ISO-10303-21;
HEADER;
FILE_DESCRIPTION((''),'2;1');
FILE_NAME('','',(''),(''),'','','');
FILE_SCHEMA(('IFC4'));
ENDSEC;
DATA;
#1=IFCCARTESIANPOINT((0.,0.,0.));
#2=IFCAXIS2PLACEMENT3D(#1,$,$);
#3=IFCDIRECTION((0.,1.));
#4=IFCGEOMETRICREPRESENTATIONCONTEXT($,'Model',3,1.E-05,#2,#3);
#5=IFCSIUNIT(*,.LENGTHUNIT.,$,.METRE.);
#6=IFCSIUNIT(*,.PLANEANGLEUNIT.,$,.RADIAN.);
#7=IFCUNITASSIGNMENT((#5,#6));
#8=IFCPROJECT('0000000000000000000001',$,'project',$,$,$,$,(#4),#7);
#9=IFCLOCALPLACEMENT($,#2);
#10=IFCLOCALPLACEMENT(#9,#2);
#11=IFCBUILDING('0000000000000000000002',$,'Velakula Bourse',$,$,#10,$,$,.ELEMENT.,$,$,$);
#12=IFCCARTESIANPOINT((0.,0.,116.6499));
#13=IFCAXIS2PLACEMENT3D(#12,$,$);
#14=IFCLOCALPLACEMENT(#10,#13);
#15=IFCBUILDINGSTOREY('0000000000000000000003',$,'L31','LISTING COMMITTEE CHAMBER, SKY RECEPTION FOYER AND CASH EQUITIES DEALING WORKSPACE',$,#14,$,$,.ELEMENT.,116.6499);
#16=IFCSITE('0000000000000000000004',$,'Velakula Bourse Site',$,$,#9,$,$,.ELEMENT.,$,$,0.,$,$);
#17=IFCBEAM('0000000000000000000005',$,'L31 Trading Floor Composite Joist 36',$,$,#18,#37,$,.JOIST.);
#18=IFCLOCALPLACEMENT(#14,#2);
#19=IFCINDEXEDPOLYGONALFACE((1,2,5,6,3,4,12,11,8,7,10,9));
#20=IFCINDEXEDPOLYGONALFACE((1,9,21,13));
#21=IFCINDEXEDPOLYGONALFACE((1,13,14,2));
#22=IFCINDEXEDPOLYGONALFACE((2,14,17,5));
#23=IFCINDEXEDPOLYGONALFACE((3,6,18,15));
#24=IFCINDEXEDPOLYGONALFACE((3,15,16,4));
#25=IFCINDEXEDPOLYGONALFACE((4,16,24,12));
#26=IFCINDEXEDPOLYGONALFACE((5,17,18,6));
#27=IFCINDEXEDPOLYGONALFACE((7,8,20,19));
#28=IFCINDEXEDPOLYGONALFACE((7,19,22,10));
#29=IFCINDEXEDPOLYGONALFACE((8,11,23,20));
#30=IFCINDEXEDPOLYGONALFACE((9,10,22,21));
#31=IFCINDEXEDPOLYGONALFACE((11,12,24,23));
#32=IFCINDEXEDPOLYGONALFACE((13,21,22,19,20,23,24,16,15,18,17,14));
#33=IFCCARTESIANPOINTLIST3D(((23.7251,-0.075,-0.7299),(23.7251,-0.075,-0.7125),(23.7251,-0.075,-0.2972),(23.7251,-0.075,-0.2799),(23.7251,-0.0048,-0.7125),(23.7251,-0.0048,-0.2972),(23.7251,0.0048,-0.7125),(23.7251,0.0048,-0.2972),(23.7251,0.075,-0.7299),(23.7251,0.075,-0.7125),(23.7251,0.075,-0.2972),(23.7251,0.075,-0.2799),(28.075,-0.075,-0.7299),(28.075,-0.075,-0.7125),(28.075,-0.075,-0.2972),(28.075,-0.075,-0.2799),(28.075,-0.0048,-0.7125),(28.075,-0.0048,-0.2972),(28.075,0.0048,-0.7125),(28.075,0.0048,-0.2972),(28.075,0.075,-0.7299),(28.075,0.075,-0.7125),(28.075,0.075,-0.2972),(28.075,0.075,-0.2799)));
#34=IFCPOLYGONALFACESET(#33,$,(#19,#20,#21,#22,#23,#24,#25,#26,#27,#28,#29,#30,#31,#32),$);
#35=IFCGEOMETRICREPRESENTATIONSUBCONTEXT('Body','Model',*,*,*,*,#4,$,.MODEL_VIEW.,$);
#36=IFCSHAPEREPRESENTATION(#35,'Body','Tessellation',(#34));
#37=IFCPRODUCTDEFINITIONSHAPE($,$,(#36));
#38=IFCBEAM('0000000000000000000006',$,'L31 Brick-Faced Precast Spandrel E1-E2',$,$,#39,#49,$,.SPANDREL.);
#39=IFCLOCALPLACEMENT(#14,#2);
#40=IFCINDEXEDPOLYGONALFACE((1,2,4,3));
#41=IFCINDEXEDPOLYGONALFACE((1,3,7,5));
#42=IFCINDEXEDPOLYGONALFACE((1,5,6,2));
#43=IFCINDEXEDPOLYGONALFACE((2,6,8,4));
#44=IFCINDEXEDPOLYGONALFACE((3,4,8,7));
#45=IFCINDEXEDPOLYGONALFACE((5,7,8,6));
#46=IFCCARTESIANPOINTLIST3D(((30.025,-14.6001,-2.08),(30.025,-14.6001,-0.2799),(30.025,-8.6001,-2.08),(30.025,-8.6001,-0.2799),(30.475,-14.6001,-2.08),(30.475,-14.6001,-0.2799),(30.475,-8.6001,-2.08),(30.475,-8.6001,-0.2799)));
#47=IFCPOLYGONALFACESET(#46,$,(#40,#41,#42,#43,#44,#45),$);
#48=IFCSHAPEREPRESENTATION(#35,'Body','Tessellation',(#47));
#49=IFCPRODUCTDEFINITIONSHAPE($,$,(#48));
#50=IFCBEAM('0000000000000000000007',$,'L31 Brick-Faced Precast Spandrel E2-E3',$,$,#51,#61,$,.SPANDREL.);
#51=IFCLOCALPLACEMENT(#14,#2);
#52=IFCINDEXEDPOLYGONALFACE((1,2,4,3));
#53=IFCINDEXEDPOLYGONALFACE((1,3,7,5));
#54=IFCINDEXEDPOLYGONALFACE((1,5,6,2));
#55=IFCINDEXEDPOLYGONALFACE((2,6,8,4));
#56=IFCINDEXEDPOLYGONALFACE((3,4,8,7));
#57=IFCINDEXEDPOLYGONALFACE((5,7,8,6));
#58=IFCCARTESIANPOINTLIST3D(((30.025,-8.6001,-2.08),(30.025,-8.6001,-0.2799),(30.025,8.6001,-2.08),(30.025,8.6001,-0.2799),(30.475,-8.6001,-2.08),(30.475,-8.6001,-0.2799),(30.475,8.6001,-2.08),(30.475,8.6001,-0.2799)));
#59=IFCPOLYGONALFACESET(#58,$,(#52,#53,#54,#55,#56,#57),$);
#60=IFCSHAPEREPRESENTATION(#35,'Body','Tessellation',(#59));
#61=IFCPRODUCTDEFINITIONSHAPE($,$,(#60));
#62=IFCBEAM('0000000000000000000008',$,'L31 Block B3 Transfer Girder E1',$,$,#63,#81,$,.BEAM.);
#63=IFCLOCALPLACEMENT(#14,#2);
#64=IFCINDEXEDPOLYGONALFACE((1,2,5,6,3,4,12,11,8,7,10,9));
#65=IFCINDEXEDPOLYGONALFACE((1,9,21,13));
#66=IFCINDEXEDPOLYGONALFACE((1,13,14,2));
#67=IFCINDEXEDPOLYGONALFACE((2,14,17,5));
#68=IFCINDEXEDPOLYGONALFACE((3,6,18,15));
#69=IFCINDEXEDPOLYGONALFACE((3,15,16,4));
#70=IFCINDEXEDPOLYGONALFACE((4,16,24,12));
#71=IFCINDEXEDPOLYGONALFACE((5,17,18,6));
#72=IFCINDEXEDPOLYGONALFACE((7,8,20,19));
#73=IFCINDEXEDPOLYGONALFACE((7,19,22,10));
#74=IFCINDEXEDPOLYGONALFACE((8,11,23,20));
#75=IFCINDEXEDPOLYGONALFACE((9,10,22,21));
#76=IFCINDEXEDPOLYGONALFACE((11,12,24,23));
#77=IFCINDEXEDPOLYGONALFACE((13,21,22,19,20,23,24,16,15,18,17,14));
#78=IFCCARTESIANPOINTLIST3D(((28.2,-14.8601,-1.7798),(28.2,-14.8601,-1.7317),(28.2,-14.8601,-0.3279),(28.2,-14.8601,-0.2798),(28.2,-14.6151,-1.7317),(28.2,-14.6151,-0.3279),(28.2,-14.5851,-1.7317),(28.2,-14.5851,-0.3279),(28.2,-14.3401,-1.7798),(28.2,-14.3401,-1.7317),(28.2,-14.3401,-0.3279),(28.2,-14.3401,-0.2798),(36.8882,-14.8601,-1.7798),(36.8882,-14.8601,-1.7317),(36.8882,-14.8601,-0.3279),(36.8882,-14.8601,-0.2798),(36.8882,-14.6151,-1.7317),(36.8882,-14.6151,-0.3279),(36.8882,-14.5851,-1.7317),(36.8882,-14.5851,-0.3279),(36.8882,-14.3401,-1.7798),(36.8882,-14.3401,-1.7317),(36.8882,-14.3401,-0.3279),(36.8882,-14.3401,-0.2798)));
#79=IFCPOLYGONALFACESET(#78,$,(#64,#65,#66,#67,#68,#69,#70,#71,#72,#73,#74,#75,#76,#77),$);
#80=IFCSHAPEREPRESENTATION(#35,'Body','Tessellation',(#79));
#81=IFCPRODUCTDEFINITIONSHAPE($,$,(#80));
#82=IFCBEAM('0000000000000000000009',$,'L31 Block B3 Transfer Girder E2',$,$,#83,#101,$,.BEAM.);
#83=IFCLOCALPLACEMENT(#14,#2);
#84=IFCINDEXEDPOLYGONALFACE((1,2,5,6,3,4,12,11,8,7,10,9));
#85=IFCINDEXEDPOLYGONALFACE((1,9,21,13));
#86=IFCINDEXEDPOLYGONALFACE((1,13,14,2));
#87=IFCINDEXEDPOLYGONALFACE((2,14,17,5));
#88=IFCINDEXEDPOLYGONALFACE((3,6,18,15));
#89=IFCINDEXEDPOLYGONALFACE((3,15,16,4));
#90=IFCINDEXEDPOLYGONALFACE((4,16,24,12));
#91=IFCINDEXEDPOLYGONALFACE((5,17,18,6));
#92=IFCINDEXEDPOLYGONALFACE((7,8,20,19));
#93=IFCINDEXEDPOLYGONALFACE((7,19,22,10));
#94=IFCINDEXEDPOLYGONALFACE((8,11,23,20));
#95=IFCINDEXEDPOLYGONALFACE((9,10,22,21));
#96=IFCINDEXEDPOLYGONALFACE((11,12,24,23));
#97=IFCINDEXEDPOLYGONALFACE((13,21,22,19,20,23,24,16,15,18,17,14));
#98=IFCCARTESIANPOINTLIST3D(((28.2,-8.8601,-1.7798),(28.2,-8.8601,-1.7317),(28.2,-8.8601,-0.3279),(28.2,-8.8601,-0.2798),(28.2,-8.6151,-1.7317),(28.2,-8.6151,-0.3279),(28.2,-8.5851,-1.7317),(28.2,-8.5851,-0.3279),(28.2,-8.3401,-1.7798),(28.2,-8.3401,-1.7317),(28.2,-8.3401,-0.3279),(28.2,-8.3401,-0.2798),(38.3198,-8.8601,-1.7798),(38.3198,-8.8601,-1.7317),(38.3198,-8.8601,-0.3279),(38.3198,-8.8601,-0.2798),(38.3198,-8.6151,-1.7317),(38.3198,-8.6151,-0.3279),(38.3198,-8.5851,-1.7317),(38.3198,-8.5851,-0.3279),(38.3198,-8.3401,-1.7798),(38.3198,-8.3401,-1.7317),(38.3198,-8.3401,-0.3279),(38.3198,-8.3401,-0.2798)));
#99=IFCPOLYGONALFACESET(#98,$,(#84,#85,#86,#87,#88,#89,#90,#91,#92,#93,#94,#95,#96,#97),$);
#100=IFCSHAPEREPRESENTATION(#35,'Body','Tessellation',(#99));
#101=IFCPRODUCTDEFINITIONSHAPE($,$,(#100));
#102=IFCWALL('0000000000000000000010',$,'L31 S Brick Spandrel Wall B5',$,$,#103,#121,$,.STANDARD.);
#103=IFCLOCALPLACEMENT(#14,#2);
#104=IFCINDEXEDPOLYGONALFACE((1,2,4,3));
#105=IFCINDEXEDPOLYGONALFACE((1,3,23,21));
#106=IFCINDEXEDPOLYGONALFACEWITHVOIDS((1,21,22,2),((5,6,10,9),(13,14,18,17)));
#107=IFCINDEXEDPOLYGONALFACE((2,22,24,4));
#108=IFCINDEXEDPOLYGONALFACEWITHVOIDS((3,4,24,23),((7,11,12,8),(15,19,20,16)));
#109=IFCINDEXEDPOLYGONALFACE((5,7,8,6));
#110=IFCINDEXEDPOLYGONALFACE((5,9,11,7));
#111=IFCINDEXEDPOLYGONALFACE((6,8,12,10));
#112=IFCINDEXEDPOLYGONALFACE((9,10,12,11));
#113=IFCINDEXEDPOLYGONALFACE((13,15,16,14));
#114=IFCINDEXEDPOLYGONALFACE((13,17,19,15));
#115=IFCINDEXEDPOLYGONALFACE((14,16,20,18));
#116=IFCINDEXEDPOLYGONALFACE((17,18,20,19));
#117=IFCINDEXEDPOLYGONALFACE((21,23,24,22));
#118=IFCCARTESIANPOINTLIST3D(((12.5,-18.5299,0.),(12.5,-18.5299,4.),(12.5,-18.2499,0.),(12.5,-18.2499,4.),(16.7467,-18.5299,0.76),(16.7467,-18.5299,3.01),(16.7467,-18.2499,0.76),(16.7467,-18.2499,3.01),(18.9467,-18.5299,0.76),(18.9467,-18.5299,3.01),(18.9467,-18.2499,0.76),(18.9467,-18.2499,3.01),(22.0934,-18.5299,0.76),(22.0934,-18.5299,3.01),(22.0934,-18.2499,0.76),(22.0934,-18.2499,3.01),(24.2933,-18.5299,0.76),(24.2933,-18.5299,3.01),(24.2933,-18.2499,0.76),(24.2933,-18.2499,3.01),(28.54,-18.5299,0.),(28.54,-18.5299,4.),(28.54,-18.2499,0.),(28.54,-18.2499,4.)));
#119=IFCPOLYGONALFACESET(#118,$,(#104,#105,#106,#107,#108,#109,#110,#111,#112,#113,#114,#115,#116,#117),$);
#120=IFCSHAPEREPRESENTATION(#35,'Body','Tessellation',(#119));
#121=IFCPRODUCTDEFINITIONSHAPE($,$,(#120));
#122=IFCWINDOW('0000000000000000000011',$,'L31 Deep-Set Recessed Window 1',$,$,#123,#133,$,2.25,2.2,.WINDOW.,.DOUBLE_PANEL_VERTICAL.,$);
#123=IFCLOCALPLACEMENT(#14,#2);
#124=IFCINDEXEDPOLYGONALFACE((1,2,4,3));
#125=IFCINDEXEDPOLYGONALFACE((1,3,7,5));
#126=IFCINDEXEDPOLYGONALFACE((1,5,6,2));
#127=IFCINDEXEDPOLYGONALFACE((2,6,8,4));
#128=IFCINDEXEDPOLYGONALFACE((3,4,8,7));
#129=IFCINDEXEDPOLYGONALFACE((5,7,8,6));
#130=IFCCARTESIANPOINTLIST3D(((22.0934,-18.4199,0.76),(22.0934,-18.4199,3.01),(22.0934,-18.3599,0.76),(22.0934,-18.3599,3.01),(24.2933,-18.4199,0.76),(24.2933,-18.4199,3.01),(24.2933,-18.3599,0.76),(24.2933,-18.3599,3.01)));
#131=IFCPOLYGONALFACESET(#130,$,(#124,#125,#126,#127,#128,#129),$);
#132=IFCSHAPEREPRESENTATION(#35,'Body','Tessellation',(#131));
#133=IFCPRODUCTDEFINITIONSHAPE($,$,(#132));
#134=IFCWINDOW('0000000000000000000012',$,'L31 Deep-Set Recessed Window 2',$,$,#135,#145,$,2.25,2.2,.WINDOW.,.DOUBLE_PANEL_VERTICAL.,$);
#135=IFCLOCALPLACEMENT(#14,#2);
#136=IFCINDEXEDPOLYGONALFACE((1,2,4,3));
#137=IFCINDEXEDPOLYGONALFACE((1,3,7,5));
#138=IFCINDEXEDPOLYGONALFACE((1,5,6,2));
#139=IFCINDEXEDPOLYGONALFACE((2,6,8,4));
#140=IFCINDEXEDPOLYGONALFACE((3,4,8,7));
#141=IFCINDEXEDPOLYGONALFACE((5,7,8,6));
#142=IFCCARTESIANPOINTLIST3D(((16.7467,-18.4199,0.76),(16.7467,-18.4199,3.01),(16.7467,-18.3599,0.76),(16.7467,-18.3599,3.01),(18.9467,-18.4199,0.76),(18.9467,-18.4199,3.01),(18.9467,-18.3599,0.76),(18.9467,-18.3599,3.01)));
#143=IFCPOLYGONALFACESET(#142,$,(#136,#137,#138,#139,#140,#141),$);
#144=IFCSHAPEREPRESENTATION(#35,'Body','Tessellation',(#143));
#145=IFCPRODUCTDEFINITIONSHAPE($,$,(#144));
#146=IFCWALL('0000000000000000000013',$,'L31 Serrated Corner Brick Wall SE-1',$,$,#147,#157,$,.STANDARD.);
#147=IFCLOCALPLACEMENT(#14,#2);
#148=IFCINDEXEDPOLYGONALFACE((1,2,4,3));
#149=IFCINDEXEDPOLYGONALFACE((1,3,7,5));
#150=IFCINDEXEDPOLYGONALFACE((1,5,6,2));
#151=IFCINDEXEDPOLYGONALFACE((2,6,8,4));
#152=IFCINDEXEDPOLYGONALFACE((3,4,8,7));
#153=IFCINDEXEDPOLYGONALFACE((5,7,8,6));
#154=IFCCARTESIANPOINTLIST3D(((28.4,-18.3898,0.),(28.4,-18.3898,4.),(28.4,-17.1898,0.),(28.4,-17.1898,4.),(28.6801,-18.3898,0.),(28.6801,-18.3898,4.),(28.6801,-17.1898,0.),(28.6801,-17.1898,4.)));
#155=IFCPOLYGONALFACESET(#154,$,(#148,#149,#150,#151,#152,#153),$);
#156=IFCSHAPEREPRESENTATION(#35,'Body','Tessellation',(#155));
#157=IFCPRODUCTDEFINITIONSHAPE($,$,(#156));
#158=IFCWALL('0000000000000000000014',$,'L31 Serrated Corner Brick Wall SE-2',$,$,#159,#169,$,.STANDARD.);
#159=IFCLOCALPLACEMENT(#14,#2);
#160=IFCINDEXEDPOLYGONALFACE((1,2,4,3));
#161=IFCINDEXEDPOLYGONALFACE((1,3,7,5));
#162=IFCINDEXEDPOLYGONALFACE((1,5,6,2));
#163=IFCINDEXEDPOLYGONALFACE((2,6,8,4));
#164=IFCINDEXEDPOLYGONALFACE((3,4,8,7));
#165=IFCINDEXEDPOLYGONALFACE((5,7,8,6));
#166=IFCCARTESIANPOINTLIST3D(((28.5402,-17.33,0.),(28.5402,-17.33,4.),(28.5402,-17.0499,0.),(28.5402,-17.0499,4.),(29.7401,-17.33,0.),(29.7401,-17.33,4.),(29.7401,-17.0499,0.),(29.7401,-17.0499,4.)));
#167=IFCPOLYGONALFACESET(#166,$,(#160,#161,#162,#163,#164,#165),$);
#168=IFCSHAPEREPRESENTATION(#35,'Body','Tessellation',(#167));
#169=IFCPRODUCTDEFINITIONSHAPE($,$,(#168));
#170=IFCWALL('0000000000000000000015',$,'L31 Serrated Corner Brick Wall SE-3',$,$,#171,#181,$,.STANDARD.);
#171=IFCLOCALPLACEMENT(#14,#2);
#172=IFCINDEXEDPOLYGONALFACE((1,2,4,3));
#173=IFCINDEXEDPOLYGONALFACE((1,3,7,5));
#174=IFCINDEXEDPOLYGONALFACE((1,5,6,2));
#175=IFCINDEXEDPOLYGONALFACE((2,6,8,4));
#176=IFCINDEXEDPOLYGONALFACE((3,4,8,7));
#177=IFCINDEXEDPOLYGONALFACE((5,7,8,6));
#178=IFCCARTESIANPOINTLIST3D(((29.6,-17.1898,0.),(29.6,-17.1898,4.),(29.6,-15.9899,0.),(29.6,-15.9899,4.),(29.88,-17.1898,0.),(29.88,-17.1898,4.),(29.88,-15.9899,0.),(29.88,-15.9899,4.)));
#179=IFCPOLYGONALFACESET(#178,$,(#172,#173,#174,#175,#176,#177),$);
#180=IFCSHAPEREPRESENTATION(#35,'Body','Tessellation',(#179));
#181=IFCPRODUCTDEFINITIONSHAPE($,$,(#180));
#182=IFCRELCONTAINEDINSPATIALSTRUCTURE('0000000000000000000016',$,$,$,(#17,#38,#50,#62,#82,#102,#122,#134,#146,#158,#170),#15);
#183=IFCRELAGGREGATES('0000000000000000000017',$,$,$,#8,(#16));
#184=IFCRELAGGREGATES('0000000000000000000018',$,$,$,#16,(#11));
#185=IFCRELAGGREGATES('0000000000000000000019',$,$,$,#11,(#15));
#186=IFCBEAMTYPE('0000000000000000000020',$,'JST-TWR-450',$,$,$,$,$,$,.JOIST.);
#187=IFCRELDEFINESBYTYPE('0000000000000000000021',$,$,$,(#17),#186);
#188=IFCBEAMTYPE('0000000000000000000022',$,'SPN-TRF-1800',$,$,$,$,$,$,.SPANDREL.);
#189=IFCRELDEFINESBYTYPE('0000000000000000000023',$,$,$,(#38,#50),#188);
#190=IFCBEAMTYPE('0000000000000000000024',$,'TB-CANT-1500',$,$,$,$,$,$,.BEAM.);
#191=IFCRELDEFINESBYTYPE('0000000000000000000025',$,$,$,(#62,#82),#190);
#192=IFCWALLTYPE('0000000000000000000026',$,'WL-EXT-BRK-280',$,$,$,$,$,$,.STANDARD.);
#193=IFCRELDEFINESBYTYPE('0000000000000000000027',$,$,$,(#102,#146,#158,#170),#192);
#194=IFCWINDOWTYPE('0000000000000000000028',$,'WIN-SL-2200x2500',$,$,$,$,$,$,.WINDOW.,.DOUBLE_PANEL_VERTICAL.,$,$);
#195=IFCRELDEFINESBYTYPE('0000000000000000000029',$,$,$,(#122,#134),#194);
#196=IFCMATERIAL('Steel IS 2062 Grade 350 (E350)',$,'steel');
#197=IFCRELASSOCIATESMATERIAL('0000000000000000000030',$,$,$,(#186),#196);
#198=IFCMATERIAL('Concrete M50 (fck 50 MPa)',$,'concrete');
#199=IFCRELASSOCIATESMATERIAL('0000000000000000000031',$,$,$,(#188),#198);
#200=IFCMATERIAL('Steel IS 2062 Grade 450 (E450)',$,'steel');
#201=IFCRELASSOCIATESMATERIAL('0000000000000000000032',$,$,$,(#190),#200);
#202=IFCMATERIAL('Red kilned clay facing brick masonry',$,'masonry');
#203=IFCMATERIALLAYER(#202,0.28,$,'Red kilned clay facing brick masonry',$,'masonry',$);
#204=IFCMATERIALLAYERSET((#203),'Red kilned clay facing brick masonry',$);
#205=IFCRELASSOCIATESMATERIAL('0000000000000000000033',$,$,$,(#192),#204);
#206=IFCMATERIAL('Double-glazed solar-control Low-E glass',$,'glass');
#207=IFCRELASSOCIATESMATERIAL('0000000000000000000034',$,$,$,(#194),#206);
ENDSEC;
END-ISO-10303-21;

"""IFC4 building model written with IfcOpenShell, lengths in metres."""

from ifc_helpers import new_model, si_unit, direction, frame, frame_2d, origin, origin_2d, place, context, subcontext, project, spatial, rectangle, i_section, extrude, material, layer, layer_set, material_profile, profile_set, type_object, element, fill, save


model = new_model("IFC4")

# Units and contexts
model_context = context("Model", 3, precision=1e-05, world=origin(), true_north=direction((0.0, 1.0)))
body_context = subcontext(model_context, "Body", "Model", "MODEL_VIEW")
ifc_project = project(units=[si_unit("LENGTHUNIT", "METRE"), si_unit("PLANEANGLEUNIT", "RADIAN")], contexts=[model_context])

# Site, building, storey
site_placement = place(None, origin())
site = spatial("IfcSite", under=ifc_project, at=site_placement, Name="Velakula Bourse Site", CompositionType="ELEMENT", RefElevation=0.0)
building_placement = place(site_placement, origin())
building = spatial("IfcBuilding", under=site, at=building_placement, Name="Velakula Bourse", CompositionType="ELEMENT")
storey_placement = place(building_placement, frame((0.0, 0.0, 116.6499)))
storey = spatial("IfcBuildingStorey", under=building, at=storey_placement, Name="L31", Description="LISTING COMMITTEE CHAMBER, SKY RECEPTION FOYER AND CASH EQUITIES DEALING WORKSPACE", CompositionType="ELEMENT", Elevation=116.6499)

# Shared definitions
ifc_material_1 = material(Name="Steel IS 2062 Grade 350 (E350)", Category="steel")

# Beams
ifc_material_profile_1 = material_profile(ifc_material_1, i_section(OverallWidth=0.1499, OverallDepth=0.45, WebThickness=0.0095, FlangeThickness=0.0173, at=origin_2d()), Name="Steel IS 2062 Grade 350 (E350)")
ifc_profile_set_1 = profile_set([ifc_material_profile_1], Name="Steel IS 2062 Grade 350 (E350)")
beam_type_1 = type_object("IfcBeamType", Name="JST-TWR-450", PredefinedType="JOIST", material=ifc_profile_set_1)
for number, where, z_axis, x_axis, name in (
    (1, (23.7251, 0.0, -0.5049), (1.0, 0.0, 0.0), (0.0, 1.0, 0.0), "L31 Trading Floor Composite Joist 36"),
):
    element("IfcBeam", number, at=place(storey_placement, frame(where, z_axis=z_axis, x_axis=x_axis)), inside=storey, type_object=beam_type_1, Name=name, PredefinedType="JOIST", context=body_context, shape_type="SweptSolid", body=[
        extrude(i_section(OverallWidth=0.1499, OverallDepth=0.45, WebThickness=0.0095, FlangeThickness=0.0173, at=origin_2d()), origin(), (0.0, 0.0, 1.0), 4.3499),
    ])
ifc_material_2 = material(Name="Concrete M50 (fck 50 MPa)", Category="concrete")
ifc_material_profile_2 = material_profile(ifc_material_2, rectangle(XDim=0.45, YDim=1.8, at=origin_2d()), Name="Concrete M50 (fck 50 MPa)")
ifc_profile_set_2 = profile_set([ifc_material_profile_2], Name="Concrete M50 (fck 50 MPa)")
beam_type_2 = type_object("IfcBeamType", Name="SPN-TRF-1800", PredefinedType="SPANDREL", material=ifc_profile_set_2)
beam_1_placement = place(storey_placement, frame((30.25, -14.6001, -1.1799), z_axis=(0.0, 1.0, 0.0), x_axis=(-1.0, 0.0, 0.0)))
element("IfcBeam", 2, at=beam_1_placement, inside=storey, type_object=beam_type_2, Name="L31 Brick-Faced Precast Spandrel E1-E2", PredefinedType="SPANDREL", context=body_context, shape_type="SweptSolid", body=[
    extrude(rectangle(XDim=0.45, YDim=1.8, at=origin_2d()), origin(), (0.0, 0.0, 1.0), 6.0),
])
beam_2_placement = place(storey_placement, frame((30.25, -8.6001, -1.1799), z_axis=(0.0, 1.0, 0.0), x_axis=(-1.0, 0.0, 0.0)))
element("IfcBeam", 3, at=beam_2_placement, inside=storey, type_object=beam_type_2, Name="L31 Brick-Faced Precast Spandrel E2-E3", PredefinedType="SPANDREL", context=body_context, shape_type="SweptSolid", body=[
    extrude(rectangle(XDim=0.45, YDim=1.8, at=origin_2d()), origin(), (0.0, 0.0, 1.0), 17.2002),
])
ifc_material_3 = material(Name="Steel IS 2062 Grade 450 (E450)", Category="steel")
ifc_material_profile_3 = material_profile(ifc_material_3, i_section(OverallWidth=0.52, OverallDepth=1.5, WebThickness=0.03, FlangeThickness=0.0481, at=origin_2d()), Name="Steel IS 2062 Grade 450 (E450)")
ifc_profile_set_3 = profile_set([ifc_material_profile_3], Name="Steel IS 2062 Grade 450 (E450)")
beam_type_3 = type_object("IfcBeamType", Name="TB-CANT-1500", PredefinedType="BEAM", material=ifc_profile_set_3)
beam_3_placement = place(storey_placement, frame((28.2, -14.6001, -1.0298), z_axis=(1.0, 0.0, 0.0), x_axis=(0.0, 1.0, 0.0)))
element("IfcBeam", 4, at=beam_3_placement, inside=storey, type_object=beam_type_3, Name="L31 Block B3 Transfer Girder E1", PredefinedType="BEAM", context=body_context, shape_type="SweptSolid", body=[
    extrude(i_section(OverallWidth=0.52, OverallDepth=1.5, WebThickness=0.03, FlangeThickness=0.0481, at=origin_2d()), origin(), (0.0, 0.0, 1.0), 8.6882),
])
beam_4_placement = place(storey_placement, frame((28.2, -8.6001, -1.0298), z_axis=(1.0, 0.0, 0.0), x_axis=(0.0, 1.0, 0.0)))
element("IfcBeam", 5, at=beam_4_placement, inside=storey, type_object=beam_type_3, Name="L31 Block B3 Transfer Girder E2", PredefinedType="BEAM", context=body_context, shape_type="SweptSolid", body=[
    extrude(i_section(OverallWidth=0.52, OverallDepth=1.5, WebThickness=0.03, FlangeThickness=0.0481, at=origin_2d()), origin(), (0.0, 0.0, 1.0), 10.1199),
])

# Wall, openings, windows
ifc_material_4 = material(Name="Red kilned clay facing brick masonry", Category="masonry")
ifc_layer_1 = layer(ifc_material_4, 0.28, Name="Red kilned clay facing brick masonry", Category="masonry")
ifc_layer_set_1 = layer_set([ifc_layer_1], Name="Red kilned clay facing brick masonry")
wall_type_1 = type_object("IfcWallType", Name="WL-EXT-BRK-280", PredefinedType="STANDARD", material=ifc_layer_set_1)
wall_1_placement = place(storey_placement, frame((28.54, -18.3899, 0.0), z_axis=(0.0, 0.0, 1.0), x_axis=(-1.0, 0.0, 0.0)))
wall_1 = element("IfcWall", 6, at=wall_1_placement, inside=storey, type_object=wall_type_1, Name="L31 S Brick Spandrel Wall B5", PredefinedType="STANDARD", context=body_context, shape_type="SweptSolid", body=[
    extrude(rectangle(XDim=16.04, YDim=0.28, at=frame_2d((8.02, 0.0))), origin(), (0.0, 0.0, 1.0), 4.0),
])
opening_1_placement = place(wall_1_placement, frame((4.2466, 0.0, 0.76)))
opening_1 = element("IfcOpeningElement", 7, at=opening_1_placement, cuts=wall_1, PredefinedType="OPENING", context=body_context, shape_type="SweptSolid", body=[
    extrude(rectangle(XDim=2.2, YDim=2.25, at=frame_2d((1.1001, 1.125))), frame((0.0, 0.1499, 0.0), z_axis=(0.0, -1.0, 0.0), x_axis=(1.0, 0.0, 0.0)), (0.0, 0.0, 1.0), 0.3),
])
opening_2_placement = place(wall_1_placement, frame((9.5933, 0.0, 0.76)))
opening_2 = element("IfcOpeningElement", 8, at=opening_2_placement, cuts=wall_1, PredefinedType="OPENING", context=body_context, shape_type="SweptSolid", body=[
    extrude(rectangle(XDim=2.2, YDim=2.25, at=frame_2d((1.1001, 1.125))), frame((0.0, 0.1499, 0.0), z_axis=(0.0, -1.0, 0.0), x_axis=(1.0, 0.0, 0.0)), (0.0, 0.0, 1.0), 0.3),
])
ifc_material_5 = material(Name="Double-glazed solar-control Low-E glass", Category="glass")
window_type = type_object("IfcWindowType", Name="WIN-SL-2200x2500", PartitioningType="DOUBLE_PANEL_VERTICAL", PredefinedType="WINDOW", material=ifc_material_5)
window_1_placement = place(opening_1_placement, origin())
window_1 = element("IfcWindow", 9, at=window_1_placement, inside=storey, type_object=window_type, Name="L31 Deep-Set Recessed Window 1", OverallHeight=2.25, OverallWidth=2.2, PartitioningType="DOUBLE_PANEL_VERTICAL", PredefinedType="WINDOW", context=body_context, shape_type="SweptSolid", body=[
    extrude(rectangle(XDim=2.2, YDim=2.25, at=frame_2d((1.1001, 1.125))), frame((0.0, 0.03, 0.0), z_axis=(0.0, -1.0, 0.0), x_axis=(1.0, 0.0, 0.0)), (0.0, 0.0, 1.0), 0.0601),
])
fill(opening_1, window_1)
window_2_placement = place(opening_2_placement, origin())
window_2 = element("IfcWindow", 10, at=window_2_placement, inside=storey, type_object=window_type, Name="L31 Deep-Set Recessed Window 2", OverallHeight=2.25, OverallWidth=2.2, PartitioningType="DOUBLE_PANEL_VERTICAL", PredefinedType="WINDOW", context=body_context, shape_type="SweptSolid", body=[
    extrude(rectangle(XDim=2.2, YDim=2.25, at=frame_2d((1.1001, 1.125))), frame((0.0, 0.03, 0.0), z_axis=(0.0, -1.0, 0.0), x_axis=(1.0, 0.0, 0.0)), (0.0, 0.0, 1.0), 0.0601),
])
fill(opening_2, window_2)

# Walls
for number, where, z_axis, x_axis, name in (
    (11, (28.54, -18.3899, 0.0), (0.0, 0.0, 1.0), (0.0, 1.0, 0.0), "L31 Serrated Corner Brick Wall SE-1"),
    (12, (28.54, -17.1899, 0.0), (0.0, 0.0, 1.0), (1.0, 0.0, 0.0), "L31 Serrated Corner Brick Wall SE-2"),
    (13, (29.74, -17.1899, 0.0), (0.0, 0.0, 1.0), (0.0, 1.0, 0.0), "L31 Serrated Corner Brick Wall SE-3"),
):
    element("IfcWall", number, at=place(storey_placement, frame(where, z_axis=z_axis, x_axis=x_axis)), inside=storey, type_object=wall_type_1, Name=name, PredefinedType="STANDARD", context=body_context, shape_type="SweptSolid", body=[
        extrude(rectangle(XDim=1.2, YDim=0.28, at=frame_2d((0.6001, 0.0))), origin(), (0.0, 0.0, 1.0), 4.0),
    ])

save(model, "model.ifc")
